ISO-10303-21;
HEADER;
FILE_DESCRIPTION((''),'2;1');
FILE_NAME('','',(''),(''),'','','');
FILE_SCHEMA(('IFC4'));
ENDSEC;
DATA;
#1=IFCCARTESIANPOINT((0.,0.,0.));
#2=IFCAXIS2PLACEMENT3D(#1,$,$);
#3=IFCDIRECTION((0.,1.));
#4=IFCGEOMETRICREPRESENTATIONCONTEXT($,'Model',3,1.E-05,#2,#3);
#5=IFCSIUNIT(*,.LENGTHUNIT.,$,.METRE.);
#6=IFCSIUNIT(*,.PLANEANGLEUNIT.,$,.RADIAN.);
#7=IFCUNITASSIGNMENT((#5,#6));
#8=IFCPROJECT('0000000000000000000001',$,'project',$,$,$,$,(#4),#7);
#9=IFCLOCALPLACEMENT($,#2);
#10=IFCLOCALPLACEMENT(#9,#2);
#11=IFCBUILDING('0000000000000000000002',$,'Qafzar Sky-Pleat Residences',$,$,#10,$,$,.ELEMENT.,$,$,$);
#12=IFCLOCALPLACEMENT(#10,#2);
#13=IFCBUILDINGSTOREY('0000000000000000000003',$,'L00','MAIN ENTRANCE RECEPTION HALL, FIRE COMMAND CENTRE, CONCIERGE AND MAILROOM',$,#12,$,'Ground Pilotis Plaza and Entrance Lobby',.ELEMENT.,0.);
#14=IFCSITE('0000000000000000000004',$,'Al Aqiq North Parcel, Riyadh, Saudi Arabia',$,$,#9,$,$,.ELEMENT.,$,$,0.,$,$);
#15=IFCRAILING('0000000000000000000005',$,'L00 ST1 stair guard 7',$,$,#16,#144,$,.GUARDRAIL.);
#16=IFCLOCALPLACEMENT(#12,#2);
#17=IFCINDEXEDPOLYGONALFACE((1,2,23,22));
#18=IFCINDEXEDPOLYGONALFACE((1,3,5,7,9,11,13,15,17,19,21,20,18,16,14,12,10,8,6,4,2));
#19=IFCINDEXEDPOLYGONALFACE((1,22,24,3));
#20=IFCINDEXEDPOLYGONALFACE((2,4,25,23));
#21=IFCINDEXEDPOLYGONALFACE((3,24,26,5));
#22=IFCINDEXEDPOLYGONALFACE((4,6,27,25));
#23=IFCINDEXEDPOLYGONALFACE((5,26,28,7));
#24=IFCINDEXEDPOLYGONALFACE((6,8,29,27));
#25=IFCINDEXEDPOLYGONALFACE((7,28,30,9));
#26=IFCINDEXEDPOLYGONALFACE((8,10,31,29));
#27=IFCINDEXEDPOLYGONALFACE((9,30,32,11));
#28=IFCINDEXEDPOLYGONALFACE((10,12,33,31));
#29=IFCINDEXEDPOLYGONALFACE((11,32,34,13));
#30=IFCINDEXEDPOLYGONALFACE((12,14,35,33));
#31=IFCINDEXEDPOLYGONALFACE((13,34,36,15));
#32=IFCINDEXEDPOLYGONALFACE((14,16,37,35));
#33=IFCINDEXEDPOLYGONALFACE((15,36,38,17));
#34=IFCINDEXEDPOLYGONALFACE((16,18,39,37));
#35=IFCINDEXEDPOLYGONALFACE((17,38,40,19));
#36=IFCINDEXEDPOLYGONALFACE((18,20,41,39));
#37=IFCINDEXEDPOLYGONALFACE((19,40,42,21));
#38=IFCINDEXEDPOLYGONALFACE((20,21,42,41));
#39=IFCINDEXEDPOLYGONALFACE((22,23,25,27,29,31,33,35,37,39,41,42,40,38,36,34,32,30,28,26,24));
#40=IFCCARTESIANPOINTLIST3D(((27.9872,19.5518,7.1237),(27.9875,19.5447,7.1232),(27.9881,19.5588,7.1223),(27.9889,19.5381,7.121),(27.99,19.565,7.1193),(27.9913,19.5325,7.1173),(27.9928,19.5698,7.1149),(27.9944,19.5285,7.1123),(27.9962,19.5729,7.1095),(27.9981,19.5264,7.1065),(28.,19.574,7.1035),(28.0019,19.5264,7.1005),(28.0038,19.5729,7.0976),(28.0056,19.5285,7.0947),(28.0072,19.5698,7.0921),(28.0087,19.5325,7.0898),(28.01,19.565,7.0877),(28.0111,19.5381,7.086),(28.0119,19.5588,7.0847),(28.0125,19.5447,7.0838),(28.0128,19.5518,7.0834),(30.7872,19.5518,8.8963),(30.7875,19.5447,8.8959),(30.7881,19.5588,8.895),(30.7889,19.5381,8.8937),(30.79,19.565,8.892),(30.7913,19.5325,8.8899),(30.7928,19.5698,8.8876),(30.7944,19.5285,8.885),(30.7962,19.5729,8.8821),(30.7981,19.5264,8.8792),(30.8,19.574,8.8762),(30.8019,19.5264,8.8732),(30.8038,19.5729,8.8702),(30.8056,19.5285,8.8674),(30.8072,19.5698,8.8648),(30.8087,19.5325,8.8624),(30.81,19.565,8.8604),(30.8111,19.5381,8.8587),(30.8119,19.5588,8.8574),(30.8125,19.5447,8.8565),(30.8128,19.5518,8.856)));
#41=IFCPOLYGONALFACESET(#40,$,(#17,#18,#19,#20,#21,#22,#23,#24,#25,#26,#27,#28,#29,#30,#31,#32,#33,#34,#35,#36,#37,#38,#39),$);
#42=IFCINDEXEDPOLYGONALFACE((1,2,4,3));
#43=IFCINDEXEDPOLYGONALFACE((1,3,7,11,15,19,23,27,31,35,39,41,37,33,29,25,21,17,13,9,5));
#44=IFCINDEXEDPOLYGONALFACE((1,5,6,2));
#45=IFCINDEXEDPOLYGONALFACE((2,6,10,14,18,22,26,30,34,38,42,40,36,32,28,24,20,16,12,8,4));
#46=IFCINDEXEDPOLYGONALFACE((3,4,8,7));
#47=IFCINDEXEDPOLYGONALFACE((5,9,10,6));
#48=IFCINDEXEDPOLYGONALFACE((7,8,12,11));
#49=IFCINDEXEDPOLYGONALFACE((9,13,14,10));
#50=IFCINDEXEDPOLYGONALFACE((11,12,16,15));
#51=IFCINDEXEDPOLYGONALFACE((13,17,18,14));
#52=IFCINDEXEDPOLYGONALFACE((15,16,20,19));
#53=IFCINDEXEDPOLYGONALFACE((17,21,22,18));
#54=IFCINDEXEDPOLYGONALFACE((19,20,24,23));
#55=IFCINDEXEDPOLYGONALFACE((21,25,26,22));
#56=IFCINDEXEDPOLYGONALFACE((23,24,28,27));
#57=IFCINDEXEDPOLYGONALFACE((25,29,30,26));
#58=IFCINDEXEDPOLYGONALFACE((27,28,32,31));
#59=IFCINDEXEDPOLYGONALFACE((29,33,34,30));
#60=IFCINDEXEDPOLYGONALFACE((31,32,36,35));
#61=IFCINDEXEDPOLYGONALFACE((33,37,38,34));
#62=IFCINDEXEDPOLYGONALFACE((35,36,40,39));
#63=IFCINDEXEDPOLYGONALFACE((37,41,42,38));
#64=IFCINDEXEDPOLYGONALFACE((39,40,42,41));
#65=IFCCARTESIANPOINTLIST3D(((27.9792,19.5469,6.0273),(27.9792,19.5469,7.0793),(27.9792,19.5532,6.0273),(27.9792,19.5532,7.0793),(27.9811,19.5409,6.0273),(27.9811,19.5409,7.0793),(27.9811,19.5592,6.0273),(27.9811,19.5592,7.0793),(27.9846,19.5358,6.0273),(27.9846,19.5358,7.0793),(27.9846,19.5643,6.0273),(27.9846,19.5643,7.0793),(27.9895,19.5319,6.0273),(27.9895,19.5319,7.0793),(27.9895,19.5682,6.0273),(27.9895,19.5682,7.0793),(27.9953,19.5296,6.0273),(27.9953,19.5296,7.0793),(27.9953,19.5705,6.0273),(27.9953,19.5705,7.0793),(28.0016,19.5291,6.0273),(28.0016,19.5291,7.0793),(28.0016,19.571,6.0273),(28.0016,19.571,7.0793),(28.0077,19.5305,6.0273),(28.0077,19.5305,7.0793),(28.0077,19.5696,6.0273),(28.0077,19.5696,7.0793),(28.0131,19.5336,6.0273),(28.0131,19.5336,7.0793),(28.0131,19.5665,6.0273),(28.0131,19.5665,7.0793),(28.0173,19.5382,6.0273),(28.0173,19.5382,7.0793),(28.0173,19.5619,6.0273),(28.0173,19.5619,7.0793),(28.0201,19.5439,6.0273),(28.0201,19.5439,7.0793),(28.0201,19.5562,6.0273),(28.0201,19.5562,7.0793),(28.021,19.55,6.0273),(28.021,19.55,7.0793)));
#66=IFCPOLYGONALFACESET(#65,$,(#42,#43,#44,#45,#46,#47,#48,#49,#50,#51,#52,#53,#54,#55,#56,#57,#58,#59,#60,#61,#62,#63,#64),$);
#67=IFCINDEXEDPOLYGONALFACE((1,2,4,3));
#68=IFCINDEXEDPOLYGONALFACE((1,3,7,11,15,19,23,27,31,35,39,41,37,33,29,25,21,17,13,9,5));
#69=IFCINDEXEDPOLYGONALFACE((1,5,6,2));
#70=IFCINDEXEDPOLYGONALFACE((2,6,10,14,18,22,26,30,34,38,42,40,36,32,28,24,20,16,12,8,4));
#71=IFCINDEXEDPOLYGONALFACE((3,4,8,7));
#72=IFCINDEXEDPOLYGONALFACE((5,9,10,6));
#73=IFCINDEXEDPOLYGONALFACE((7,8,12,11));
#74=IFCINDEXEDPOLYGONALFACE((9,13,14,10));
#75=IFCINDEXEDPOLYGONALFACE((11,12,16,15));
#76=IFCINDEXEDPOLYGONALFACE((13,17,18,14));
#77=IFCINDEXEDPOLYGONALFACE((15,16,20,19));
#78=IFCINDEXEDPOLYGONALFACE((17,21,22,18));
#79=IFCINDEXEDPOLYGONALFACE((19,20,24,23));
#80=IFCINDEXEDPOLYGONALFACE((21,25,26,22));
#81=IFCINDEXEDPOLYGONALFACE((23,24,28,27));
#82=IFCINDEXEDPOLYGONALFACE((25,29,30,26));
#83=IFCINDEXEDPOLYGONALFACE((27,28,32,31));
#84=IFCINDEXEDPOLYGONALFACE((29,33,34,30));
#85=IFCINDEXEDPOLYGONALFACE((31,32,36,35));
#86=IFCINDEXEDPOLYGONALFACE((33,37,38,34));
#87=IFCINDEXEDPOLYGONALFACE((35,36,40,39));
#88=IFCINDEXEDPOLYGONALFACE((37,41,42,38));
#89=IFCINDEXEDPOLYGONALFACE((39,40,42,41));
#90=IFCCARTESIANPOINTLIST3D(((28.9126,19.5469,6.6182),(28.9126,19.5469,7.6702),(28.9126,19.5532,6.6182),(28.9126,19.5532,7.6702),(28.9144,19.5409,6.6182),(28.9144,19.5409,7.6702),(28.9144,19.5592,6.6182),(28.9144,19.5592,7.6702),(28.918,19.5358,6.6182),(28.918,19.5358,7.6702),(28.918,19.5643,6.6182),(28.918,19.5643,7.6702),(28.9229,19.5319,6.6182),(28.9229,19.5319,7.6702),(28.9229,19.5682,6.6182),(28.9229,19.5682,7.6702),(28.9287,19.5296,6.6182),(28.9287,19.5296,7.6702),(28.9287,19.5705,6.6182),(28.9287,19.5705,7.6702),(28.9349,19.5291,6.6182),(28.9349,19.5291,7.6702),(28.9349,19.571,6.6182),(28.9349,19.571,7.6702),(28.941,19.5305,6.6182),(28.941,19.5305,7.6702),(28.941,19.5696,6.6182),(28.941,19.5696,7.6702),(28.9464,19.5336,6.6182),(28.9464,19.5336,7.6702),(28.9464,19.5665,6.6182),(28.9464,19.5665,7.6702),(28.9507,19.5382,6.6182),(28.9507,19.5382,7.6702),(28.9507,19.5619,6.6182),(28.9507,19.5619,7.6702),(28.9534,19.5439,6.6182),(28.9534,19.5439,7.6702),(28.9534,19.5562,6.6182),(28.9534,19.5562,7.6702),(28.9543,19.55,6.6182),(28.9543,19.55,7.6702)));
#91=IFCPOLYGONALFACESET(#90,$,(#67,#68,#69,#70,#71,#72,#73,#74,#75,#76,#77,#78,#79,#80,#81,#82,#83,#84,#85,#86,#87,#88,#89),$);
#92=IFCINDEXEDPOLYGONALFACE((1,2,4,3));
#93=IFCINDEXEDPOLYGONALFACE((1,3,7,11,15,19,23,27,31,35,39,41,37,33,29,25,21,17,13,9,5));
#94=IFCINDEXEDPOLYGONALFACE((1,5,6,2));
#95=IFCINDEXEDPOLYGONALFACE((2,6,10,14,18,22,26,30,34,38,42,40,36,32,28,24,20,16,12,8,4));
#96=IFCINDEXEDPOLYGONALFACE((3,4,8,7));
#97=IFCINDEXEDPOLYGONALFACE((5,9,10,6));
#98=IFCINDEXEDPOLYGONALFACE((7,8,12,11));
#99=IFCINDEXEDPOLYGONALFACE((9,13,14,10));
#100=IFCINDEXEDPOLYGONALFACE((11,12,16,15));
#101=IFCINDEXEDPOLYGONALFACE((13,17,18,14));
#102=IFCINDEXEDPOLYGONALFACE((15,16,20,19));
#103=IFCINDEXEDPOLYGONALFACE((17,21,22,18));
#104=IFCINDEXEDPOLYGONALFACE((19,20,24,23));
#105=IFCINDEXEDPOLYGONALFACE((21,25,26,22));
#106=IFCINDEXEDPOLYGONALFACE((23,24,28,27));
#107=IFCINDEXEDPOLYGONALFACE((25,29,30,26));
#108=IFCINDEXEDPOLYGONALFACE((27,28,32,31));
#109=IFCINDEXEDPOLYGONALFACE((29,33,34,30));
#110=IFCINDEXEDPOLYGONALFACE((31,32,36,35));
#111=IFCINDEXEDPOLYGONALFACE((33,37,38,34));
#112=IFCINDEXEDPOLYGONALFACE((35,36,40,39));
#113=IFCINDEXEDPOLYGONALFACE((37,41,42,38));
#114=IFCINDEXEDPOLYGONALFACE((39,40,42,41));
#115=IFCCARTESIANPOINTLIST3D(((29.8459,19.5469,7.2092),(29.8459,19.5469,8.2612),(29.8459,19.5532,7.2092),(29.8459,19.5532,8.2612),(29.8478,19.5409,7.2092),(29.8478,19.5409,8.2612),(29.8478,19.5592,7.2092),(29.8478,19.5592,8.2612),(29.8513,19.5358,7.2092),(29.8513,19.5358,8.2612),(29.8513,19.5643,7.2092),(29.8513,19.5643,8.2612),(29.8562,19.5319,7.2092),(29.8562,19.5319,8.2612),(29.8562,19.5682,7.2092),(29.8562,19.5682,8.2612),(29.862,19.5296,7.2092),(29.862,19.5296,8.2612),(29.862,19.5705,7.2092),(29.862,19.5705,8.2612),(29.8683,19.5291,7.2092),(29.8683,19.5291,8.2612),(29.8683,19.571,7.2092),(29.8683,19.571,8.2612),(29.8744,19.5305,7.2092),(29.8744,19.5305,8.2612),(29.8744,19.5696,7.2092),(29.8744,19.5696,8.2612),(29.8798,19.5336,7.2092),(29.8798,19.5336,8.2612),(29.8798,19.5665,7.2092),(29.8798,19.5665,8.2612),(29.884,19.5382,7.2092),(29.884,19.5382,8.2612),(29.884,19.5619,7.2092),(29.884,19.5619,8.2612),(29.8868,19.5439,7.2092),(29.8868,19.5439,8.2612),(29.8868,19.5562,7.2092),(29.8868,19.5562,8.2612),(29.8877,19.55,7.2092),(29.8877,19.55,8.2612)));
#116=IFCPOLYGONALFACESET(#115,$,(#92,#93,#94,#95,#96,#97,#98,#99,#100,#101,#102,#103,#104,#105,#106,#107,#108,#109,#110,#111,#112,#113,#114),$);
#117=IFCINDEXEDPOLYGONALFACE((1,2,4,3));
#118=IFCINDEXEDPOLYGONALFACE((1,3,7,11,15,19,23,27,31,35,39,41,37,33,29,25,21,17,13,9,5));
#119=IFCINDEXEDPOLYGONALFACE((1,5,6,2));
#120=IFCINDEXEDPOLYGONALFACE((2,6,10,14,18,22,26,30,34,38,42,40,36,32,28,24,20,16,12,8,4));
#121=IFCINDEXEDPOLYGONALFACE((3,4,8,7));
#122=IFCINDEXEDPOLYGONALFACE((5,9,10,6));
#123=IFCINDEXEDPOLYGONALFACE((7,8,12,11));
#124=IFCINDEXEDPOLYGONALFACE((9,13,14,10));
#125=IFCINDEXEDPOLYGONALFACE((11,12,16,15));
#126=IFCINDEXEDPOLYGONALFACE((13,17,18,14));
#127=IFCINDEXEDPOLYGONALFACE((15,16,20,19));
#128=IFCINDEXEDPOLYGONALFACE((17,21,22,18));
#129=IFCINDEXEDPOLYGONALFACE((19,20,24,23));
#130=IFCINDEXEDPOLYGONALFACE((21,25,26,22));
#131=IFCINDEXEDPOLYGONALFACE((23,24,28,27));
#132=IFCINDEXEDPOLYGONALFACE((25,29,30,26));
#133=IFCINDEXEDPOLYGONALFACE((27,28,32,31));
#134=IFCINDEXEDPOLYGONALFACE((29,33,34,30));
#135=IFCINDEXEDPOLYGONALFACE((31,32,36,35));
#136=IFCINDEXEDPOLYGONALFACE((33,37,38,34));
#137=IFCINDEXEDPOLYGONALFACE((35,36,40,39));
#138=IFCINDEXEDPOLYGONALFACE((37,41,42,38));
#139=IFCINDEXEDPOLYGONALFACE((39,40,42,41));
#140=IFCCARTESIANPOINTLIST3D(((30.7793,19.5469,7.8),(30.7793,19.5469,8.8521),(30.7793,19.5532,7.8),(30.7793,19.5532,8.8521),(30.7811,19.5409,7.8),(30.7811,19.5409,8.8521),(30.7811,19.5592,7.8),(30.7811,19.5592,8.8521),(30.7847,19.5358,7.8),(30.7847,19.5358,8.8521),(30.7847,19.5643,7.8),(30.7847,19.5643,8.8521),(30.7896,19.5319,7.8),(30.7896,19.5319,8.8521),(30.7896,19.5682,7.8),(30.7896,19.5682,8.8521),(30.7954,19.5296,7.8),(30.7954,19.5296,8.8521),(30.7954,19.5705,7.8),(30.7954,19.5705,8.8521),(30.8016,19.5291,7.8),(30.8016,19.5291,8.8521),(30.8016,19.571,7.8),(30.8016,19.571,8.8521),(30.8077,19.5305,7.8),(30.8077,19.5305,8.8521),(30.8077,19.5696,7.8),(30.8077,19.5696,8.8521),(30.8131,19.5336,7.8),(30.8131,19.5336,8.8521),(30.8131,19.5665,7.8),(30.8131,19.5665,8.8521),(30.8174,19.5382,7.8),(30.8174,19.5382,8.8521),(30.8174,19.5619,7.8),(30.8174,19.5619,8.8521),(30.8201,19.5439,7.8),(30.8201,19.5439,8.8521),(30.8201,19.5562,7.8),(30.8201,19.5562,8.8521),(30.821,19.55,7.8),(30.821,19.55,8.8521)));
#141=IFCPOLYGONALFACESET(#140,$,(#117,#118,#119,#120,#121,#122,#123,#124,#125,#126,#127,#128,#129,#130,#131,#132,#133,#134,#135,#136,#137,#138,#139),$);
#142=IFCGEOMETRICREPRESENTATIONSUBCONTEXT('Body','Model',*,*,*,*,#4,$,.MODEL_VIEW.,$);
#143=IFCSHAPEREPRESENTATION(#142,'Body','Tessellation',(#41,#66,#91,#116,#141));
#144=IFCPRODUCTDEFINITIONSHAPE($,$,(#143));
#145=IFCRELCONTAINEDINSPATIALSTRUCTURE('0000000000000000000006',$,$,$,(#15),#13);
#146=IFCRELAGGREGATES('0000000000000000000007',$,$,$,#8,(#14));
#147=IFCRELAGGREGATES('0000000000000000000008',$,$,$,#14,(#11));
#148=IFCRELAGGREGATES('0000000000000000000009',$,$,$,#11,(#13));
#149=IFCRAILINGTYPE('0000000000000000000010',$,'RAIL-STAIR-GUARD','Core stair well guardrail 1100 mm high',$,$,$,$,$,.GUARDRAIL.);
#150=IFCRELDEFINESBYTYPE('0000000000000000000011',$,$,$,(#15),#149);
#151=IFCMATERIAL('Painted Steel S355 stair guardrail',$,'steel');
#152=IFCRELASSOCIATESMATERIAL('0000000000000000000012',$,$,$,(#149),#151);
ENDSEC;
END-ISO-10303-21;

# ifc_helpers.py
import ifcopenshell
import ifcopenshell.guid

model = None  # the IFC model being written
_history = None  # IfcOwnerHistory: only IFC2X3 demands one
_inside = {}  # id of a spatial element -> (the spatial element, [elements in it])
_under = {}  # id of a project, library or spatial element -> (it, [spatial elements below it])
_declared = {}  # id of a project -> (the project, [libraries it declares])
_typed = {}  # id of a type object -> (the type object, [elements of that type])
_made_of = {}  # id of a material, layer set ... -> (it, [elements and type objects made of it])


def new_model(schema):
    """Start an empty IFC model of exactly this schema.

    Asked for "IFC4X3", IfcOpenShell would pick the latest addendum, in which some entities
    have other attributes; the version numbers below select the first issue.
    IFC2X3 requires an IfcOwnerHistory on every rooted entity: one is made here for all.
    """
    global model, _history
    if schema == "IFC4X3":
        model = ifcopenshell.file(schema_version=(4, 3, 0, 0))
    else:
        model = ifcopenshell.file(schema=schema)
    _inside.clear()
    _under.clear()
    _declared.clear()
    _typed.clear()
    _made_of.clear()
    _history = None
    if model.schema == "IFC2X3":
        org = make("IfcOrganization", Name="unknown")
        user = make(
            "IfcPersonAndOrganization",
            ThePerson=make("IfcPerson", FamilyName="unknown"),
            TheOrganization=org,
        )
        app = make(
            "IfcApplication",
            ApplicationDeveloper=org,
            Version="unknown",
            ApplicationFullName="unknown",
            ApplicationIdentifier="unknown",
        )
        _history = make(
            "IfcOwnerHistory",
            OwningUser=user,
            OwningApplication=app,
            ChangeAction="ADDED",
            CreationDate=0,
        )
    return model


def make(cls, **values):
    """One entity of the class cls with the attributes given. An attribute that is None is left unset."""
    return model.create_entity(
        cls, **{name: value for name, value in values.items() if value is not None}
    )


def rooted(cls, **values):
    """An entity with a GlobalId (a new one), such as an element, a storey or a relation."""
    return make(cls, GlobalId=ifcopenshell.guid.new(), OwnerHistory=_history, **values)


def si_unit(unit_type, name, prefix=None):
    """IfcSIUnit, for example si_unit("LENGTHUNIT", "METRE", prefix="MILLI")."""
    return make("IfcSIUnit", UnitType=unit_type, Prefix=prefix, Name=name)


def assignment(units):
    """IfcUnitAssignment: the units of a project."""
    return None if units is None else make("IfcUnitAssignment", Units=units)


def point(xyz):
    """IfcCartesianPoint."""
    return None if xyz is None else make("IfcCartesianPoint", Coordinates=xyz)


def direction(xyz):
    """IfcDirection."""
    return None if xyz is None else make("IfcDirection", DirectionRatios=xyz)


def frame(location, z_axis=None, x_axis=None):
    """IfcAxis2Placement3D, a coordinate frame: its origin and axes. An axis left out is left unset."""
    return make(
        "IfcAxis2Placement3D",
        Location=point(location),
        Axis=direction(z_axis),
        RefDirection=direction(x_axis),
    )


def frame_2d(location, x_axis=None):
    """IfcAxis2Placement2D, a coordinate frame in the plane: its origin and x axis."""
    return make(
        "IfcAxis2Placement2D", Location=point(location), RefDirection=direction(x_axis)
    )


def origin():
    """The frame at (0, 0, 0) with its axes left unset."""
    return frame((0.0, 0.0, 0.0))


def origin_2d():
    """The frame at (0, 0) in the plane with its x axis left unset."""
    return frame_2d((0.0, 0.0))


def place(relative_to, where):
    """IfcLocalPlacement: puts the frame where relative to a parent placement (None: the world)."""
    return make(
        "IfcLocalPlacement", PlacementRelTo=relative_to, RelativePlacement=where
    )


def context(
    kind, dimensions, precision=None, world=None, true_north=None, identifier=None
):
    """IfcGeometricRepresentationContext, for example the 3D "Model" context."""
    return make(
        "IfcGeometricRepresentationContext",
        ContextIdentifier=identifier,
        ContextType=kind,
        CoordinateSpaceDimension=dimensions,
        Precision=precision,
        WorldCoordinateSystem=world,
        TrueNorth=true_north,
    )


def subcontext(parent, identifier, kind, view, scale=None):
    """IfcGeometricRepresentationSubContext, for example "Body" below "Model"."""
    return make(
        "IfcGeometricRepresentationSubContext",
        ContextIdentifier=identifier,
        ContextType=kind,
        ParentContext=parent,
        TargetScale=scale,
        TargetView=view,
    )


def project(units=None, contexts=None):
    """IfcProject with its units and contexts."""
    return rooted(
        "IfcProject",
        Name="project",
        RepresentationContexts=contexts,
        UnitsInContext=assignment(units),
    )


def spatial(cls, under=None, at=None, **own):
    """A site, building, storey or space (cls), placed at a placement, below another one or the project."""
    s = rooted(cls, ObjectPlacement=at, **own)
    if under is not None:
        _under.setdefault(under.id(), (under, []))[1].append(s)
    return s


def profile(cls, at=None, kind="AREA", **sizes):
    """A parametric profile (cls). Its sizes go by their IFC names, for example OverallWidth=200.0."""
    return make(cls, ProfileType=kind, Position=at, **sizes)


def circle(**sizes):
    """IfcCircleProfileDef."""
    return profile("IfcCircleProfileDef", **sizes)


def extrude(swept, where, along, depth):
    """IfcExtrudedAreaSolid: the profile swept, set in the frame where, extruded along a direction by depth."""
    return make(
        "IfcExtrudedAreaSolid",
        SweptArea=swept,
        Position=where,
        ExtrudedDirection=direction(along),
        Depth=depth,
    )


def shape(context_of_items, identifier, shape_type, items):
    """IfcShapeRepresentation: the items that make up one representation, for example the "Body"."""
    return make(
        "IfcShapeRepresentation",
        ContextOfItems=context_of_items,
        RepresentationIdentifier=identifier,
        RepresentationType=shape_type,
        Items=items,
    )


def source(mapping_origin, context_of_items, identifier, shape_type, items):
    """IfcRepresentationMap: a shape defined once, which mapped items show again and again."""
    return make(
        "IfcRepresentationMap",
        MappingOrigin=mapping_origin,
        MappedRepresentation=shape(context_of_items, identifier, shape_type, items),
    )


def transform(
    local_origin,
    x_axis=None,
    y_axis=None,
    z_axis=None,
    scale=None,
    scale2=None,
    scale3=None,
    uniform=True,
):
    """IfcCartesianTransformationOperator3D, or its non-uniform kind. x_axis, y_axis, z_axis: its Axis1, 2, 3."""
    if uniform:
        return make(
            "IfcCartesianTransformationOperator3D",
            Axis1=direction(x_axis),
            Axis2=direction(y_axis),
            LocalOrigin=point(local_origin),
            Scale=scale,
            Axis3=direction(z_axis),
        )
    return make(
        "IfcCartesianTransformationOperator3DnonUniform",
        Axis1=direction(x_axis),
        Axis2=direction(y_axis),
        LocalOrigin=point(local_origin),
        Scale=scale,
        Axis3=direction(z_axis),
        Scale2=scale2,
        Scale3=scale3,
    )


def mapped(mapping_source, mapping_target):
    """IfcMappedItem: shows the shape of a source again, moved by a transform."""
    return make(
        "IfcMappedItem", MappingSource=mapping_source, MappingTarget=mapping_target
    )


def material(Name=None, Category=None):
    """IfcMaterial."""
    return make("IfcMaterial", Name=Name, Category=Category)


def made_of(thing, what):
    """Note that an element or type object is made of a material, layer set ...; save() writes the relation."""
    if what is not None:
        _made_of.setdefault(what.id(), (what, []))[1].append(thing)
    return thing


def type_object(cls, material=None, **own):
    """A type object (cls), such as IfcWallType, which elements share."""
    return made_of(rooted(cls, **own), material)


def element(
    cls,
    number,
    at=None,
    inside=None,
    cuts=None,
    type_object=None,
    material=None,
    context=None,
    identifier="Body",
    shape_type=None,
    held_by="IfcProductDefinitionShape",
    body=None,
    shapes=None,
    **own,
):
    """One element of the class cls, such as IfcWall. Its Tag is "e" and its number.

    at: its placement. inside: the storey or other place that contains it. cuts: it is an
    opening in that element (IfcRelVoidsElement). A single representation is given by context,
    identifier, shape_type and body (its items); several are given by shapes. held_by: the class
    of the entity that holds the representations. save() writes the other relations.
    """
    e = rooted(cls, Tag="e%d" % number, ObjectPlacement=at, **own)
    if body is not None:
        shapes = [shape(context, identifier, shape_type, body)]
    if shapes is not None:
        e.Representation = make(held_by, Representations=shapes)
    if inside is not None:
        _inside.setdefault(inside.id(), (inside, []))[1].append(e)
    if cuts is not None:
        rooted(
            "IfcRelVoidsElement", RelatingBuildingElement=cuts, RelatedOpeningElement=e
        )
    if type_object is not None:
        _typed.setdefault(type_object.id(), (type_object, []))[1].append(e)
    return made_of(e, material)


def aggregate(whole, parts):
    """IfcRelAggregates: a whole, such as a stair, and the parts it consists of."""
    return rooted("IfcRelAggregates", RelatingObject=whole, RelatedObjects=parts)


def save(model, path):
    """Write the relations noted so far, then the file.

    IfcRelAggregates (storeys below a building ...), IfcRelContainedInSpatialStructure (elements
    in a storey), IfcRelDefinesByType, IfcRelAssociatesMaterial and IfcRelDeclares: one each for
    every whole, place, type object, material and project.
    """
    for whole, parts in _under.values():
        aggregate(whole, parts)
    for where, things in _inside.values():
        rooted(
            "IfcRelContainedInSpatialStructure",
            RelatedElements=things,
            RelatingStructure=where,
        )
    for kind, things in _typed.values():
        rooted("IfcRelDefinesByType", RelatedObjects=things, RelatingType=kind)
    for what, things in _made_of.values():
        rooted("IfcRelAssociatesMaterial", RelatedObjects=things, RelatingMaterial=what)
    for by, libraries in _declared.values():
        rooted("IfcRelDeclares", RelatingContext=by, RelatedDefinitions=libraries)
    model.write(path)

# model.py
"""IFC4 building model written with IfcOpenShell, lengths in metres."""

from ifc_helpers import new_model, si_unit, direction, frame, origin, origin_2d, place, context, subcontext, project, spatial, circle, extrude, source, transform, mapped, material, type_object, element, save


model = new_model("IFC4")

# Units and contexts
model_context = context("Model", 3, precision=1e-05, world=origin(), true_north=direction((0.0, 1.0)))
body_context = subcontext(model_context, "Body", "Model", "MODEL_VIEW")
ifc_project = project(units=[si_unit("LENGTHUNIT", "METRE"), si_unit("PLANEANGLEUNIT", "RADIAN")], contexts=[model_context])

# Site, building, storey
site_placement = place(None, origin())
site = spatial("IfcSite", under=ifc_project, at=site_placement, Name="Al Aqiq North Parcel, Riyadh, Saudi Arabia", CompositionType="ELEMENT", RefElevation=0.0)
building_placement = place(site_placement, origin())
building = spatial("IfcBuilding", under=site, at=building_placement, Name="Qafzar Sky-Pleat Residences", CompositionType="ELEMENT")
storey_placement = place(building_placement, origin())
storey = spatial("IfcBuildingStorey", under=building, at=storey_placement, Name="L00", Description="MAIN ENTRANCE RECEPTION HALL, FIRE COMMAND CENTRE, CONCIERGE AND MAILROOM", LongName="Ground Pilotis Plaza and Entrance Lobby", CompositionType="ELEMENT", Elevation=0.0)

# Railing
ifc_material_1 = material(Name="Painted Steel S355 stair guardrail", Category="steel")
railing_type_1 = type_object("IfcRailingType", Name="RAIL-STAIR-GUARD", Description="Core stair well guardrail 1100 mm high", PredefinedType="GUARDRAIL", material=ifc_material_1)
shared_shape_1 = source(origin(), body_context, "Body", "SweptSolid", [
    extrude(circle(Radius=0.0239, at=origin_2d()), frame((0.0, 0.0, 1.0762), z_axis=(0.844909, 0.0, 0.53491), x_axis=(0.0, 1.0, 0.0)), (0.0, 0.0, 1.0), 3.314),
    extrude(circle(Radius=0.021, at=origin_2d()), origin(), (0.0, 0.0, 1.0), 1.052),
    extrude(circle(Radius=0.021, at=origin_2d()), frame((0.9333, 0.0, 0.5908)), (0.0, 0.0, 1.0), 1.052),
    extrude(circle(Radius=0.021, at=origin_2d()), frame((1.8667, 0.0, 1.1819)), (0.0, 0.0, 1.0), 1.052),
    extrude(circle(Radius=0.021, at=origin_2d()), frame((2.8, 0.0, 1.7727)), (0.0, 0.0, 1.0), 1.052),
])
for number, where, name in (
    (1, (28.0, 19.55, 6.0273), "L00 ST1 stair guard 7"),
):
    element("IfcRailing", number, at=place(storey_placement, frame(where)), inside=storey, type_object=railing_type_1, Name=name, PredefinedType="GUARDRAIL", context=body_context, shape_type="MappedRepresentation", body=[
        mapped(shared_shape_1, transform((0.0, 0.0, 0.0), x_axis=(1.0, 0.0, 0.0), y_axis=(0.0, 1.0, 0.0), z_axis=(0.0, 0.0, 1.0), scale=1.0)),
    ])

save(model, "model.ifc")
